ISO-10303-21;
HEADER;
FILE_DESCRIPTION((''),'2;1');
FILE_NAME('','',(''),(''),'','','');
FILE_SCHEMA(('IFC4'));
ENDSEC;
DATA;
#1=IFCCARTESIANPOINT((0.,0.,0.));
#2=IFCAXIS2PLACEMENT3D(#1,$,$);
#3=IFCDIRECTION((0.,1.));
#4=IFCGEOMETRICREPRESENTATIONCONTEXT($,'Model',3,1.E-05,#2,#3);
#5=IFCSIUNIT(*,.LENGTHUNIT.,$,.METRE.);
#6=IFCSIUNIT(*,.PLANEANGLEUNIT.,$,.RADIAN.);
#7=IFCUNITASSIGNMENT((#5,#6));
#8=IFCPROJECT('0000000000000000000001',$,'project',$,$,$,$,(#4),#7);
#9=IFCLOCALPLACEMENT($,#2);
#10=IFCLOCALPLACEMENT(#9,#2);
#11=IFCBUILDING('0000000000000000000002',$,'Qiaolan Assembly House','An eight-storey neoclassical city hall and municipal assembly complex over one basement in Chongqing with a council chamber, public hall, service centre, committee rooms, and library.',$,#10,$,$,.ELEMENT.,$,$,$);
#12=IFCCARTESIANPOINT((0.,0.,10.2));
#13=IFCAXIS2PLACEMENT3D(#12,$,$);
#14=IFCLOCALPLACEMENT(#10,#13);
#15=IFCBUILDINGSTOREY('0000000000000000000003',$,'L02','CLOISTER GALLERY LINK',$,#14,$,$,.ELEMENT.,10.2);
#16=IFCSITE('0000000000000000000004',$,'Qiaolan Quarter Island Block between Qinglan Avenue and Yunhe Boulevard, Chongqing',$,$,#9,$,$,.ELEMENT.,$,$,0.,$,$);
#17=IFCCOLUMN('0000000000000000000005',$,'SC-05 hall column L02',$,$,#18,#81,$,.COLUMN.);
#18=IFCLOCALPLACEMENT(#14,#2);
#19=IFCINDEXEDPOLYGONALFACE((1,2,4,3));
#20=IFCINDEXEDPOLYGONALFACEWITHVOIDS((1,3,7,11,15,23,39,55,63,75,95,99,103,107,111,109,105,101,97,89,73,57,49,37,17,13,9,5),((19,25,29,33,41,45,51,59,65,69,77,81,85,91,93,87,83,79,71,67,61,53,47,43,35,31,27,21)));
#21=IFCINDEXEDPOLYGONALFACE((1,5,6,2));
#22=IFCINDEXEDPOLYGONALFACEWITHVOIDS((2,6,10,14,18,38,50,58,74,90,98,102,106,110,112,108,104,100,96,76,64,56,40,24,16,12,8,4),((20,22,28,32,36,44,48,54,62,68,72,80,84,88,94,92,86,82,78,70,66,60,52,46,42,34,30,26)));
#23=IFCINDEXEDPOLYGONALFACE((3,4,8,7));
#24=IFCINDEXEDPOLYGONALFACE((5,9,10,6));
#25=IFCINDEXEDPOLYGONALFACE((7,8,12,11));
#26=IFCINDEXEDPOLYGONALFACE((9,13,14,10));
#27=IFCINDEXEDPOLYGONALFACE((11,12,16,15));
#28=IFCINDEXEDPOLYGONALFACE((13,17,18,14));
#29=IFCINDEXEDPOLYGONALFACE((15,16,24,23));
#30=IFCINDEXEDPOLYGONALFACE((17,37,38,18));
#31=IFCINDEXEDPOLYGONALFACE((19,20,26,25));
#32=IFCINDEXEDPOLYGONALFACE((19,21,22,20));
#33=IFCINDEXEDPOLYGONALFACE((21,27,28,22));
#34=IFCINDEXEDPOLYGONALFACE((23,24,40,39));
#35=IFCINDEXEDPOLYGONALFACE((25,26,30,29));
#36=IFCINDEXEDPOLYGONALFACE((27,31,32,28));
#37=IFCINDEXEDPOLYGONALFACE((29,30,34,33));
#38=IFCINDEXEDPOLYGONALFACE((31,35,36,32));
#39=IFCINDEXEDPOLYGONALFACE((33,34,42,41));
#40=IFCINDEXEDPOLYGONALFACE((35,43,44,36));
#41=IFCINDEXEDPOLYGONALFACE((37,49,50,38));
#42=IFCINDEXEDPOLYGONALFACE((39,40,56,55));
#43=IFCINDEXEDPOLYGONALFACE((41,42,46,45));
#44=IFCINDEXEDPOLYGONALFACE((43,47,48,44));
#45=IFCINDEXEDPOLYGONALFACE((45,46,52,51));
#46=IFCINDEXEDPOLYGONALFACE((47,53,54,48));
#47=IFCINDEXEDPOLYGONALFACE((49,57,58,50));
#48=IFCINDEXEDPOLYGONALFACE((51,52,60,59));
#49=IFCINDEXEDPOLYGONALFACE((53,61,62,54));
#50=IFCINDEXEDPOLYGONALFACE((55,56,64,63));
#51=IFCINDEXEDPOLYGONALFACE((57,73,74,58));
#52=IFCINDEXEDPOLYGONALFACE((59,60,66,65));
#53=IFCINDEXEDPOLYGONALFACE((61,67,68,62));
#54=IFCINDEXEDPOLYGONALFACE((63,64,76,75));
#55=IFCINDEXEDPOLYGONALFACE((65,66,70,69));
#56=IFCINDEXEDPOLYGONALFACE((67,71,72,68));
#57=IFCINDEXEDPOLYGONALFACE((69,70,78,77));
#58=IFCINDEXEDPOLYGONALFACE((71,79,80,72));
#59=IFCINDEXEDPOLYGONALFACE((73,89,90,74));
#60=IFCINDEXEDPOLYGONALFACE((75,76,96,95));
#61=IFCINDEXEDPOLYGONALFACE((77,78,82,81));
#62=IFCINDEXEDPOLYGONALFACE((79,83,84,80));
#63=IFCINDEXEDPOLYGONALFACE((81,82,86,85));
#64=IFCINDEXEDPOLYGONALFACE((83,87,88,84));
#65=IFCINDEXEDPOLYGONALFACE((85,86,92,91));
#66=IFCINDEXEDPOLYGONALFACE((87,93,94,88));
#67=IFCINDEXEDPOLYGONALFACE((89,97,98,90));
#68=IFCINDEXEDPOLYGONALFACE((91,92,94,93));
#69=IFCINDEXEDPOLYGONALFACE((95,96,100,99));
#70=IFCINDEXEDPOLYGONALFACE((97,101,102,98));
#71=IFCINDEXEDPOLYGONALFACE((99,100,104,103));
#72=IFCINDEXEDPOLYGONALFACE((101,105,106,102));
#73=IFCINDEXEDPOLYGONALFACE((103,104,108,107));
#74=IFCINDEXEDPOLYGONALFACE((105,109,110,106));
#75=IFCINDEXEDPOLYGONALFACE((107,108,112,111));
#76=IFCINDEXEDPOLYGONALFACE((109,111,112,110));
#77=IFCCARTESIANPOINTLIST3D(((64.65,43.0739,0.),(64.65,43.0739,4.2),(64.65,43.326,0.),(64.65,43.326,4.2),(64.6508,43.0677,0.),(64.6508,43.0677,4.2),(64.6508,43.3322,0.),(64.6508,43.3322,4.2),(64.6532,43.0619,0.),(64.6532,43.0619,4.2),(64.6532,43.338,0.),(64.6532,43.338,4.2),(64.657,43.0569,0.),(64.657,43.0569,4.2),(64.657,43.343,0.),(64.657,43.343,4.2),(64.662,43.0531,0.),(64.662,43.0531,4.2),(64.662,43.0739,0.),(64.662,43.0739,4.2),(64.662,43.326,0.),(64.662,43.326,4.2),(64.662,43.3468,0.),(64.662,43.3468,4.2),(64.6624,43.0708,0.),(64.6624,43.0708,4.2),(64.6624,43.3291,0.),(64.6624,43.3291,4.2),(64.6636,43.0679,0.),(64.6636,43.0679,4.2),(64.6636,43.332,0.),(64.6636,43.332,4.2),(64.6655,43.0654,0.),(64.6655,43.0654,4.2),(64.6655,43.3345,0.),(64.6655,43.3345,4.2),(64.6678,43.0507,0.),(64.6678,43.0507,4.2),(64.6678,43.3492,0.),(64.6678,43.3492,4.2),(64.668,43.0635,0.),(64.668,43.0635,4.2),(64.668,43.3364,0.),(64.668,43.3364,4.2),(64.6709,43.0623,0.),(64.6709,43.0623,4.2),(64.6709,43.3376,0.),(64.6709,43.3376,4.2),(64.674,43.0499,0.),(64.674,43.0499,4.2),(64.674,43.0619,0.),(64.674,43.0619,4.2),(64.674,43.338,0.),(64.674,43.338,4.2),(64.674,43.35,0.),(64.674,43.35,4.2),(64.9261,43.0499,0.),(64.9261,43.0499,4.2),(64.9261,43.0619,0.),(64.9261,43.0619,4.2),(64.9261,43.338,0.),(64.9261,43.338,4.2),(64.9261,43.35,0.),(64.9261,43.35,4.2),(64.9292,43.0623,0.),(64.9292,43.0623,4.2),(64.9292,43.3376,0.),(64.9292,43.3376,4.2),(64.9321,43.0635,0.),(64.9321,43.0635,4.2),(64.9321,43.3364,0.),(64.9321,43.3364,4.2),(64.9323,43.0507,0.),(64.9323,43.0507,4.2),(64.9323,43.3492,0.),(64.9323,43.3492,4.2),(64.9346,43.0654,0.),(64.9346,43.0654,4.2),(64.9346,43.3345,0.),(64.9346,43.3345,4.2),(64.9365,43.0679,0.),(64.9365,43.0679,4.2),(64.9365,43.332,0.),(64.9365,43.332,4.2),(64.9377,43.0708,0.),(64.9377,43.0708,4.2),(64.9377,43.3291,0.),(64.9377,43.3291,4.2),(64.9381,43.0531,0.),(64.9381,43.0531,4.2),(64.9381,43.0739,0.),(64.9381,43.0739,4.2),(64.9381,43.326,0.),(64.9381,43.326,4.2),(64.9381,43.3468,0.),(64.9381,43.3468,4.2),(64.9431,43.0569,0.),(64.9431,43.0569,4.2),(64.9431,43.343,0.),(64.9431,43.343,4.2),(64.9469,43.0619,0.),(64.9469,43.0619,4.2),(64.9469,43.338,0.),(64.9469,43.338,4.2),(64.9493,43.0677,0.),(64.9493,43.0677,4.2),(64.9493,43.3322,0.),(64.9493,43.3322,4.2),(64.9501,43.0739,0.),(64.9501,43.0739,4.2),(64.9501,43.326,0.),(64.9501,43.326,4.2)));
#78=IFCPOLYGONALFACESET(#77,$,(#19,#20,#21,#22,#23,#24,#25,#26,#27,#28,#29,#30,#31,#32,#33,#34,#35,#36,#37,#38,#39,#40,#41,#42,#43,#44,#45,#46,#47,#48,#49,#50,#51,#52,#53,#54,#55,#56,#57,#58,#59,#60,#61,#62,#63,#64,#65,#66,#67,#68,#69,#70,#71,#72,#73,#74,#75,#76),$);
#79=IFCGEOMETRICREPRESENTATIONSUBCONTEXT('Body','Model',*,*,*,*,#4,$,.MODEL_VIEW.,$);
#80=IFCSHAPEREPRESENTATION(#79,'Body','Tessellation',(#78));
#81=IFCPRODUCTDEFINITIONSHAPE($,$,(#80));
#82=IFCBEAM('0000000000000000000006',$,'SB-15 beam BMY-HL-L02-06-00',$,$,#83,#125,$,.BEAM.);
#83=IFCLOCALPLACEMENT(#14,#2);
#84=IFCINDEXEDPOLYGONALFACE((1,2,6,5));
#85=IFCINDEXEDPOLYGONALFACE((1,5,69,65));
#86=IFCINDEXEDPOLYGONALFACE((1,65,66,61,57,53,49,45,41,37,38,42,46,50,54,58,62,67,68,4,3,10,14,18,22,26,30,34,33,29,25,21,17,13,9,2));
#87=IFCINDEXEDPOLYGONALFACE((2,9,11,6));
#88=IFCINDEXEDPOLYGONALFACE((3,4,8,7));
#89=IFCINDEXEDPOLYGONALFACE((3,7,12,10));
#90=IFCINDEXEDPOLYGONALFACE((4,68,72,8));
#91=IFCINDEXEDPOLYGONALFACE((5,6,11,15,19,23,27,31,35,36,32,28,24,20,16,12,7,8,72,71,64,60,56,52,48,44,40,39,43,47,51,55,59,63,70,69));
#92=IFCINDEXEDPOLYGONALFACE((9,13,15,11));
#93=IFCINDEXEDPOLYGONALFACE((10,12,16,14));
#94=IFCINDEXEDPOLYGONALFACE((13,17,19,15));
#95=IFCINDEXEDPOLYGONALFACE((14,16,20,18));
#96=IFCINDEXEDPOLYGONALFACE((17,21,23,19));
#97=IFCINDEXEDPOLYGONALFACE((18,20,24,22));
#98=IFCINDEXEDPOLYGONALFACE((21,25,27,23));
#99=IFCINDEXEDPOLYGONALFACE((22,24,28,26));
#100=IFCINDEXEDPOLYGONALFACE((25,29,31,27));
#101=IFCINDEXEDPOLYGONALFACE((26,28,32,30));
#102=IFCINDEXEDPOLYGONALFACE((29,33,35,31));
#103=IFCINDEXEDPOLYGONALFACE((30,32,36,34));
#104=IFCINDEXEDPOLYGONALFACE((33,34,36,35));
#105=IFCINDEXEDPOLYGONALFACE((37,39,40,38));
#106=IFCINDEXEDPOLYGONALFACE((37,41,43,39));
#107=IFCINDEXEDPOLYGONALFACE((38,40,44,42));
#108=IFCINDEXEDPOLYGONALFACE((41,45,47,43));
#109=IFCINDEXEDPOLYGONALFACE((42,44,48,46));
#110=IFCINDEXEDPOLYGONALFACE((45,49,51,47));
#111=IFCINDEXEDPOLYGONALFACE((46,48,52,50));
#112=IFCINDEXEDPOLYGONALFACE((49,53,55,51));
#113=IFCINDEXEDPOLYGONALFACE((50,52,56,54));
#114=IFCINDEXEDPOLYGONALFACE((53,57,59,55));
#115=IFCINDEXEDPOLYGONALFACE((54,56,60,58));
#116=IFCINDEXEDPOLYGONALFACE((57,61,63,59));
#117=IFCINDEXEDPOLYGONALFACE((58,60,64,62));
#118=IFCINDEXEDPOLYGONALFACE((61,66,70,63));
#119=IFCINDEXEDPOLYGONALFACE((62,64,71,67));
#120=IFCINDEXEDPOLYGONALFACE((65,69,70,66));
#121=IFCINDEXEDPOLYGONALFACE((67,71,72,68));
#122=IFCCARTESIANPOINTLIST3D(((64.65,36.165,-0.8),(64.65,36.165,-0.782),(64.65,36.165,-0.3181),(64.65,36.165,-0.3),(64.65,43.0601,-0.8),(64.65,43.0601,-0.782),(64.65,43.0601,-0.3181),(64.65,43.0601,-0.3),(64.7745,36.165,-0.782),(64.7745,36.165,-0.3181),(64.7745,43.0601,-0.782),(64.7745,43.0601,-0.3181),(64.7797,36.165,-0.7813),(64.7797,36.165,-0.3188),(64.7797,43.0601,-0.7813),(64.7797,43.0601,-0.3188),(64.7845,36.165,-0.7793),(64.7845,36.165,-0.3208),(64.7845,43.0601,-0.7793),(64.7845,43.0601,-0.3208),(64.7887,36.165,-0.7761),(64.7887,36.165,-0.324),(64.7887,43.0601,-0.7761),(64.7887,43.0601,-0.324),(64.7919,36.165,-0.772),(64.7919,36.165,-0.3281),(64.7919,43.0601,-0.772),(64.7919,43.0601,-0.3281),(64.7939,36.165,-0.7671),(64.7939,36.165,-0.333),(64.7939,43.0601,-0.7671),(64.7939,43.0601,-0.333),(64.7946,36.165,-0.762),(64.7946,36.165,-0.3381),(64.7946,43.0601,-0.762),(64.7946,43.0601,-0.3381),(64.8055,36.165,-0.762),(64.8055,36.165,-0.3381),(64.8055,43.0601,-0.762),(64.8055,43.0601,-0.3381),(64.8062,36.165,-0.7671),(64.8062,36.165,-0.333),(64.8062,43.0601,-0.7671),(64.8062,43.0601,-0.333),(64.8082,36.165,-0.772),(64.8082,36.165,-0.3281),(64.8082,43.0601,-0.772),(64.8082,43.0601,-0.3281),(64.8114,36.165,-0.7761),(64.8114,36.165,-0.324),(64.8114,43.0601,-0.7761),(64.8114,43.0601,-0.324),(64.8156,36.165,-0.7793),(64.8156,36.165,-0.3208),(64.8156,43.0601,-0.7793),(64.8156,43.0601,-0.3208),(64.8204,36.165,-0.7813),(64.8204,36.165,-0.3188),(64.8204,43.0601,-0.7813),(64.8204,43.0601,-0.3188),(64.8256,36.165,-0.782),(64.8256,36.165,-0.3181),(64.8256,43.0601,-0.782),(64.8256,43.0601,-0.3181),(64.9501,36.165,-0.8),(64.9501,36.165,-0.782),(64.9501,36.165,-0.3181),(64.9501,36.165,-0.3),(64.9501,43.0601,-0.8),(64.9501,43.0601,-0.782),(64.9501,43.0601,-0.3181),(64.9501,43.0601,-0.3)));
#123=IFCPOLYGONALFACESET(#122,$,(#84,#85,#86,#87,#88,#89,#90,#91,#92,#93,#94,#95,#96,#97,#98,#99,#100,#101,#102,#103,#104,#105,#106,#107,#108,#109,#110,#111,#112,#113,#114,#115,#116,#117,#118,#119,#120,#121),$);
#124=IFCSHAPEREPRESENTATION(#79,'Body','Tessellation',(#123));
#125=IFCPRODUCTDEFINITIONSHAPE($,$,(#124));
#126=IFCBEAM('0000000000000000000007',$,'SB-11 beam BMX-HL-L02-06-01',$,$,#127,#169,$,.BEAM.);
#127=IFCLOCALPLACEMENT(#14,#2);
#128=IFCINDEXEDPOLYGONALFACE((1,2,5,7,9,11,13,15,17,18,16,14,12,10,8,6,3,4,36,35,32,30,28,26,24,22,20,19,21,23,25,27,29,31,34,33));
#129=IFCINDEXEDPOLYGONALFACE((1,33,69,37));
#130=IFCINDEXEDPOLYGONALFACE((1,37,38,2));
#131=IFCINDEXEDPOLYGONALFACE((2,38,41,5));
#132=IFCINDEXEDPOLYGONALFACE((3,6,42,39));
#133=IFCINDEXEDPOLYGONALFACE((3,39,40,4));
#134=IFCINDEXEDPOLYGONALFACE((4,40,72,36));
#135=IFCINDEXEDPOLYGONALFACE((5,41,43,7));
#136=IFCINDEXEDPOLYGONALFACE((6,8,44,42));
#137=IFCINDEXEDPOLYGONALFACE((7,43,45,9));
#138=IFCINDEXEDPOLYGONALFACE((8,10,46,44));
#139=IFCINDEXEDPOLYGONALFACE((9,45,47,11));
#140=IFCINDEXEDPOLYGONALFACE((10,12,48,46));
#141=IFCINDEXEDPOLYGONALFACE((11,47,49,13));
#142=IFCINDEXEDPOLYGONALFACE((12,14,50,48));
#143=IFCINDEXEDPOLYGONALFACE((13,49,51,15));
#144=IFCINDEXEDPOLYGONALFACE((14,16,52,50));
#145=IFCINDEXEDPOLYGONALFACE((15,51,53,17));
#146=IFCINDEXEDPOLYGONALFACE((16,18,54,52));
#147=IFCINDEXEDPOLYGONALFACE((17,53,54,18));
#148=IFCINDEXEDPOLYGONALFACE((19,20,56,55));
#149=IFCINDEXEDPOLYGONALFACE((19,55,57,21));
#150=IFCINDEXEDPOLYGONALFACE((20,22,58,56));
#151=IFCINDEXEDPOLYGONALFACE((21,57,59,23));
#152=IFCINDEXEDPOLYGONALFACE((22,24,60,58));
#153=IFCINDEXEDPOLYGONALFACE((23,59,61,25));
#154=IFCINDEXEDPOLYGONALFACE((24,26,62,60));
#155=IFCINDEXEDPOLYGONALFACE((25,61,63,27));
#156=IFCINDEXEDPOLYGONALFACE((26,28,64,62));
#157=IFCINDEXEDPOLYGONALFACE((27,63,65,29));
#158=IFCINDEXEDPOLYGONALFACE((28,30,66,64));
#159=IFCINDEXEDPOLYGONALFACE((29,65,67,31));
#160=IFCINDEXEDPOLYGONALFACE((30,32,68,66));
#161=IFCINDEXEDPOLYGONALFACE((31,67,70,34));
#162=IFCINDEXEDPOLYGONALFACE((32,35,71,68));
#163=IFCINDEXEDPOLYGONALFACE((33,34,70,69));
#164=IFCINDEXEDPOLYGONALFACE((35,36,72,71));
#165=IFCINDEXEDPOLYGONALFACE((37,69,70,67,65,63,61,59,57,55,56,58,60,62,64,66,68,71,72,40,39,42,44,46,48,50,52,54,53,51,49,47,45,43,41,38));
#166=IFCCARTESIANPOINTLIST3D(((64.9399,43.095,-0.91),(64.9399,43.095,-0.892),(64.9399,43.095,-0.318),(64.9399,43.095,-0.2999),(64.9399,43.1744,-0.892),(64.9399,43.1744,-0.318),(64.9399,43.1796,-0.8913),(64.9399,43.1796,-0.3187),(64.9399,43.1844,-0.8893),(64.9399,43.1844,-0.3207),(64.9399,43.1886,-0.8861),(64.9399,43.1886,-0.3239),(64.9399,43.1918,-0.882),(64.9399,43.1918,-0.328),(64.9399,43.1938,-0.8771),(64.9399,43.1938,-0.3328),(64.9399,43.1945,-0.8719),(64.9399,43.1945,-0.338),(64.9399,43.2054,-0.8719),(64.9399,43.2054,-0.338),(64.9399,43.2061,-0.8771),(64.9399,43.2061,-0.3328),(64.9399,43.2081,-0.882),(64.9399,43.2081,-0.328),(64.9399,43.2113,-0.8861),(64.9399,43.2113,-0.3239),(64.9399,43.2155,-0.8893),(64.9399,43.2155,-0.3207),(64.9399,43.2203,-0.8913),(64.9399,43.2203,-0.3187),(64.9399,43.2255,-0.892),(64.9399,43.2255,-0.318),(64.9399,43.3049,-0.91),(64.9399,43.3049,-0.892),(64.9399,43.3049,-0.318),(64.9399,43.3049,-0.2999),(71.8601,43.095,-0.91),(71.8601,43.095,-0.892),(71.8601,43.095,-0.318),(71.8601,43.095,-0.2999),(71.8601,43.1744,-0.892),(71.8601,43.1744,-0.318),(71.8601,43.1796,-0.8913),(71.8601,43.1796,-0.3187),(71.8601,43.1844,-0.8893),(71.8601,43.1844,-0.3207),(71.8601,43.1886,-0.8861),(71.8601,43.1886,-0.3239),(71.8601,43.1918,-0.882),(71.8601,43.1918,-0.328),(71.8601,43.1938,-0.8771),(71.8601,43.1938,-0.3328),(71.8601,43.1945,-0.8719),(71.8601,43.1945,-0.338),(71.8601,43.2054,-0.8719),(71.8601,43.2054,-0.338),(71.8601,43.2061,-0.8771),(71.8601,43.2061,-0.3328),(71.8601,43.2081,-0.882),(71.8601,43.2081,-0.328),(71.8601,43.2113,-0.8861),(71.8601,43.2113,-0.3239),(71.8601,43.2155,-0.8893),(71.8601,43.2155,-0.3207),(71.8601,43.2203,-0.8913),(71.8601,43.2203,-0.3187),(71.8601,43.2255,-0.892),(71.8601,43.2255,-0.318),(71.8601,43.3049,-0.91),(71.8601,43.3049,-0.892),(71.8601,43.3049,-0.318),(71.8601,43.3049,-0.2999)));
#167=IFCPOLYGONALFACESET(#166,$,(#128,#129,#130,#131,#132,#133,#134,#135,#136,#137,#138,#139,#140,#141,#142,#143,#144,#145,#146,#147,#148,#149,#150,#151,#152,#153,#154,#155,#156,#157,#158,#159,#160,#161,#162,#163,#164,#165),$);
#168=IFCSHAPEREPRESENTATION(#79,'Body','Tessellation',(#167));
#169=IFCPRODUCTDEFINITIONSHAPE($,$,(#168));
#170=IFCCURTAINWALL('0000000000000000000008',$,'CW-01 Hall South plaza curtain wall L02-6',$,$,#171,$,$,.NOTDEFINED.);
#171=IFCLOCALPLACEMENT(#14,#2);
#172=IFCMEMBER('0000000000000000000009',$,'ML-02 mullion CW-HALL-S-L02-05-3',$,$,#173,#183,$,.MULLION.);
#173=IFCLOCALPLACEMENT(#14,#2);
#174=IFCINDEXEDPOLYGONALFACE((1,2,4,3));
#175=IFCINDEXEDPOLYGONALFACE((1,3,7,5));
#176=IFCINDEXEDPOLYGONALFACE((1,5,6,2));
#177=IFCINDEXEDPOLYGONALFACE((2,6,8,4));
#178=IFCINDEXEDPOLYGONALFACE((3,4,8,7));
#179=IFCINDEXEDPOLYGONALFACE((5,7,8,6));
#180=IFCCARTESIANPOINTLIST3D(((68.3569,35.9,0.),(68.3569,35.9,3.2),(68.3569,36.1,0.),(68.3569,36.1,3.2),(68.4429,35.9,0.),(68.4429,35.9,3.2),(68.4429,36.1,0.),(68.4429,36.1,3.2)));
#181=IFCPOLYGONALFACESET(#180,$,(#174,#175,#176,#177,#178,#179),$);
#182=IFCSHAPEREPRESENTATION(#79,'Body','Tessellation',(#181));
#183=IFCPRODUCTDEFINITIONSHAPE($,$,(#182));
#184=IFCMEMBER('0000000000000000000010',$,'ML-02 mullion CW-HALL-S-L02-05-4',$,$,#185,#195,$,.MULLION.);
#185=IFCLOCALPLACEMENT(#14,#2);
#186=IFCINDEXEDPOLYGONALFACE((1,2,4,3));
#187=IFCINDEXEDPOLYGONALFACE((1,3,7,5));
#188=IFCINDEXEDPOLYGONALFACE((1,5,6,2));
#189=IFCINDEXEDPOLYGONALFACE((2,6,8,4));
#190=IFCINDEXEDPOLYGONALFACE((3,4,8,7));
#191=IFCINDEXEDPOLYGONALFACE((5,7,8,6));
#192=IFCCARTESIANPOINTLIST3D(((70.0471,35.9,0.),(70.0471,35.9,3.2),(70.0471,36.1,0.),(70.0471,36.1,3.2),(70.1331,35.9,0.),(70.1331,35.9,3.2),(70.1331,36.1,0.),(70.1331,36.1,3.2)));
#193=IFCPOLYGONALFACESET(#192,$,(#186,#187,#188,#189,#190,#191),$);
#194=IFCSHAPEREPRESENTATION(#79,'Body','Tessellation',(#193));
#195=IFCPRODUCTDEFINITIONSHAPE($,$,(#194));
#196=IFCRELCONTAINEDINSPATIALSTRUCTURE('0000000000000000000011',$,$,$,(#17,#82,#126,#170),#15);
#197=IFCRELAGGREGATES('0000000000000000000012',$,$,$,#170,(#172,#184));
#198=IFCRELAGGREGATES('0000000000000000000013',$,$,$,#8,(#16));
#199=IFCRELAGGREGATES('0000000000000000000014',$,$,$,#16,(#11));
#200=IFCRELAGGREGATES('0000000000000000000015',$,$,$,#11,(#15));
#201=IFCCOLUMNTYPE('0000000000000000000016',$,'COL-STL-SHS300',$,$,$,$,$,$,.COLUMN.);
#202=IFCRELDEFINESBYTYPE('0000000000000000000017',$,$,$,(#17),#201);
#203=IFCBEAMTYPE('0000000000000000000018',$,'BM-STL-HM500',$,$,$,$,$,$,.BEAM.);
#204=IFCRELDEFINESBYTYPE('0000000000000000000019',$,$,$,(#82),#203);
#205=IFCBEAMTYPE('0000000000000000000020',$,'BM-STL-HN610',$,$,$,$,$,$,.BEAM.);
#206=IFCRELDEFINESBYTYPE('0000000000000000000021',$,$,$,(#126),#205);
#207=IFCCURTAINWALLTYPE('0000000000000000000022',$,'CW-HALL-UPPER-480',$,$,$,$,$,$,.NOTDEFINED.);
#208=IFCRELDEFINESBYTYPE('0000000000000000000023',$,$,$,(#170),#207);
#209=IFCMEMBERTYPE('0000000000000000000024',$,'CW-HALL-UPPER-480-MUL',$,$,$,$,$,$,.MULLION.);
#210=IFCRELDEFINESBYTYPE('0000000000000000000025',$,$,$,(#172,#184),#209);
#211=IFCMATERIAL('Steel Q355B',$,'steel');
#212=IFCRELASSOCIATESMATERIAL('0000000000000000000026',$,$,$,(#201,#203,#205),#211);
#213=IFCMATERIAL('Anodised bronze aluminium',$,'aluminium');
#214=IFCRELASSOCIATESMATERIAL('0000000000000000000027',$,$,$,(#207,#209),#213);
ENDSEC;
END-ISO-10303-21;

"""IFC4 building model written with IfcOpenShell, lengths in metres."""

from ifc_helpers import new_model, si_unit, direction, frame, origin, origin_2d, place, context, subcontext, project, spatial, rectangle, hollow_rectangle, i_section, extrude, material, material_profile, profile_set, type_object, element, aggregate, save


model = new_model("IFC4")

# Units and contexts
model_context = context("Model", 3, precision=1e-05, world=origin(), true_north=direction((0.0, 1.0)))
body_context = subcontext(model_context, "Body", "Model", "MODEL_VIEW")
ifc_project = project(units=[si_unit("LENGTHUNIT", "METRE"), si_unit("PLANEANGLEUNIT", "RADIAN")], contexts=[model_context])

# Site, building, storey
site_placement = place(None, origin())
site = spatial("IfcSite", under=ifc_project, at=site_placement, Name="Qiaolan Quarter Island Block between Qinglan Avenue and Yunhe Boulevard, Chongqing", CompositionType="ELEMENT", RefElevation=0.0)
building_placement = place(site_placement, origin())
building = spatial("IfcBuilding", under=site, at=building_placement, Name="Qiaolan Assembly House", Description="An eight-storey neoclassical city hall and municipal assembly complex over one basement in Chongqing with a council chamber, public hall, service centre, committee rooms, and library.", CompositionType="ELEMENT")
storey_placement = place(building_placement, frame((0.0, 0.0, 10.2)))
storey = spatial("IfcBuildingStorey", under=building, at=storey_placement, Name="L02", Description="CLOISTER GALLERY LINK", CompositionType="ELEMENT", Elevation=10.2)

# Column
ifc_material_1 = material(Name="Steel Q355B", Category="steel")
ifc_material_profile_1 = material_profile(ifc_material_1, hollow_rectangle(XDim=0.3, YDim=0.3, WallThickness=0.012, InnerFilletRadius=0.012, OuterFilletRadius=0.0239, at=origin_2d()), Name="SHS 300x300x12")
ifc_profile_set_1 = profile_set([ifc_material_profile_1], Name="Steel Q355B")
column_type = type_object("IfcColumnType", Name="COL-STL-SHS300", PredefinedType="COLUMN", material=ifc_profile_set_1)
column_placement = place(storey_placement, frame((64.8, 43.2, 0.0), z_axis=(0.0, 0.0, 1.0), x_axis=(1.0, 0.0, 0.0)))
element("IfcColumn", 1, at=column_placement, inside=storey, type_object=column_type, Name="SC-05 hall column L02", PredefinedType="COLUMN", context=body_context, shape_type="SweptSolid", body=[
    extrude(hollow_rectangle(XDim=0.3, YDim=0.3, WallThickness=0.012, InnerFilletRadius=0.012, OuterFilletRadius=0.0239, at=origin_2d()), origin(), (0.0, 0.0, 1.0), 4.2),
])

# Beams
ifc_material_profile_2 = material_profile(ifc_material_1, i_section(OverallWidth=0.3, OverallDepth=0.5, WebThickness=0.011, FlangeThickness=0.0181, FilletRadius=0.02, at=origin_2d()), Name="HM 500x300x11x18")
ifc_profile_set_2 = profile_set([ifc_material_profile_2], Name="Steel Q355B")
beam_type_1 = type_object("IfcBeamType", Name="BM-STL-HM500", PredefinedType="BEAM", material=ifc_profile_set_2)
beam_1_placement = place(storey_placement, frame((64.8, 36.165, -0.55), z_axis=(0.0, 1.0, 0.0), x_axis=(-1.0, 0.0, 0.0)))
element("IfcBeam", 2, at=beam_1_placement, inside=storey, type_object=beam_type_1, Name="SB-15 beam BMY-HL-L02-06-00", PredefinedType="BEAM", context=body_context, shape_type="SweptSolid", body=[
    extrude(i_section(OverallWidth=0.3, OverallDepth=0.5, WebThickness=0.011, FlangeThickness=0.0181, FilletRadius=0.02, at=origin_2d()), origin(), (0.0, 0.0, 1.0), 6.895),
])
ifc_material_profile_3 = material_profile(ifc_material_1, i_section(OverallWidth=0.21, OverallDepth=0.6101, WebThickness=0.011, FlangeThickness=0.0181, FilletRadius=0.02, at=origin_2d()), Name="HN 610x210x11x18")
ifc_profile_set_3 = profile_set([ifc_material_profile_3], Name="Steel Q355B")
beam_type_2 = type_object("IfcBeamType", Name="BM-STL-HN610", PredefinedType="BEAM", material=ifc_profile_set_3)
beam_2_placement = place(storey_placement, frame((64.9399, 43.2, -0.605), z_axis=(1.0, 0.0, 0.0), x_axis=(0.0, 1.0, 0.0)))
element("IfcBeam", 3, at=beam_2_placement, inside=storey, type_object=beam_type_2, Name="SB-11 beam BMX-HL-L02-06-01", PredefinedType="BEAM", context=body_context, shape_type="SweptSolid", body=[
    extrude(i_section(OverallWidth=0.21, OverallDepth=0.6101, WebThickness=0.011, FlangeThickness=0.0181, FilletRadius=0.02, at=origin_2d()), origin(), (0.0, 0.0, 1.0), 6.9202),
])

# Curtain wall, members
ifc_material_2 = material(Name="Anodised bronze aluminium", Category="aluminium")
curtain_wall_type = type_object("IfcCurtainWallType", Name="CW-HALL-UPPER-480", PredefinedType="NOTDEFINED", material=ifc_material_2)
curtain_wall_placement = place(storey_placement, origin())
curtain_wall = element("IfcCurtainWall", 4, at=curtain_wall_placement, inside=storey, type_object=curtain_wall_type, Name="CW-01 Hall South plaza curtain wall L02-6", PredefinedType="NOTDEFINED")
ifc_material_profile_4 = material_profile(ifc_material_2, rectangle(XDim=0.0859, YDim=0.2, at=origin_2d()), Name="MUL 86x200")
ifc_profile_set_4 = profile_set([ifc_material_profile_4], Name="Anodised bronze aluminium")
member_type_1 = type_object("IfcMemberType", Name="CW-HALL-UPPER-480-MUL", PredefinedType="MULLION", material=ifc_profile_set_4)
member_1_placement = place(storey_placement, frame((68.3999, 36.0, 0.0), z_axis=(0.0, 0.0, 1.0), x_axis=(1.0, 0.0, 0.0)))
member_1 = element("IfcMember", 5, at=member_1_placement, type_object=member_type_1, Name="ML-02 mullion CW-HALL-S-L02-05-3", PredefinedType="MULLION", context=body_context, shape_type="SweptSolid", body=[
    extrude(rectangle(XDim=0.0859, YDim=0.2, at=origin_2d()), origin(), (0.0, 0.0, 1.0), 3.2),
])
member_2_placement = place(storey_placement, frame((70.0901, 36.0, 0.0), z_axis=(0.0, 0.0, 1.0), x_axis=(1.0, 0.0, 0.0)))
member_2 = element("IfcMember", 6, at=member_2_placement, type_object=member_type_1, Name="ML-02 mullion CW-HALL-S-L02-05-4", PredefinedType="MULLION", context=body_context, shape_type="SweptSolid", body=[
    extrude(rectangle(XDim=0.0859, YDim=0.2, at=origin_2d()), origin(), (0.0, 0.0, 1.0), 3.2),
])

aggregate(curtain_wall, [member_1, member_2])

save(model, "model.ifc")
